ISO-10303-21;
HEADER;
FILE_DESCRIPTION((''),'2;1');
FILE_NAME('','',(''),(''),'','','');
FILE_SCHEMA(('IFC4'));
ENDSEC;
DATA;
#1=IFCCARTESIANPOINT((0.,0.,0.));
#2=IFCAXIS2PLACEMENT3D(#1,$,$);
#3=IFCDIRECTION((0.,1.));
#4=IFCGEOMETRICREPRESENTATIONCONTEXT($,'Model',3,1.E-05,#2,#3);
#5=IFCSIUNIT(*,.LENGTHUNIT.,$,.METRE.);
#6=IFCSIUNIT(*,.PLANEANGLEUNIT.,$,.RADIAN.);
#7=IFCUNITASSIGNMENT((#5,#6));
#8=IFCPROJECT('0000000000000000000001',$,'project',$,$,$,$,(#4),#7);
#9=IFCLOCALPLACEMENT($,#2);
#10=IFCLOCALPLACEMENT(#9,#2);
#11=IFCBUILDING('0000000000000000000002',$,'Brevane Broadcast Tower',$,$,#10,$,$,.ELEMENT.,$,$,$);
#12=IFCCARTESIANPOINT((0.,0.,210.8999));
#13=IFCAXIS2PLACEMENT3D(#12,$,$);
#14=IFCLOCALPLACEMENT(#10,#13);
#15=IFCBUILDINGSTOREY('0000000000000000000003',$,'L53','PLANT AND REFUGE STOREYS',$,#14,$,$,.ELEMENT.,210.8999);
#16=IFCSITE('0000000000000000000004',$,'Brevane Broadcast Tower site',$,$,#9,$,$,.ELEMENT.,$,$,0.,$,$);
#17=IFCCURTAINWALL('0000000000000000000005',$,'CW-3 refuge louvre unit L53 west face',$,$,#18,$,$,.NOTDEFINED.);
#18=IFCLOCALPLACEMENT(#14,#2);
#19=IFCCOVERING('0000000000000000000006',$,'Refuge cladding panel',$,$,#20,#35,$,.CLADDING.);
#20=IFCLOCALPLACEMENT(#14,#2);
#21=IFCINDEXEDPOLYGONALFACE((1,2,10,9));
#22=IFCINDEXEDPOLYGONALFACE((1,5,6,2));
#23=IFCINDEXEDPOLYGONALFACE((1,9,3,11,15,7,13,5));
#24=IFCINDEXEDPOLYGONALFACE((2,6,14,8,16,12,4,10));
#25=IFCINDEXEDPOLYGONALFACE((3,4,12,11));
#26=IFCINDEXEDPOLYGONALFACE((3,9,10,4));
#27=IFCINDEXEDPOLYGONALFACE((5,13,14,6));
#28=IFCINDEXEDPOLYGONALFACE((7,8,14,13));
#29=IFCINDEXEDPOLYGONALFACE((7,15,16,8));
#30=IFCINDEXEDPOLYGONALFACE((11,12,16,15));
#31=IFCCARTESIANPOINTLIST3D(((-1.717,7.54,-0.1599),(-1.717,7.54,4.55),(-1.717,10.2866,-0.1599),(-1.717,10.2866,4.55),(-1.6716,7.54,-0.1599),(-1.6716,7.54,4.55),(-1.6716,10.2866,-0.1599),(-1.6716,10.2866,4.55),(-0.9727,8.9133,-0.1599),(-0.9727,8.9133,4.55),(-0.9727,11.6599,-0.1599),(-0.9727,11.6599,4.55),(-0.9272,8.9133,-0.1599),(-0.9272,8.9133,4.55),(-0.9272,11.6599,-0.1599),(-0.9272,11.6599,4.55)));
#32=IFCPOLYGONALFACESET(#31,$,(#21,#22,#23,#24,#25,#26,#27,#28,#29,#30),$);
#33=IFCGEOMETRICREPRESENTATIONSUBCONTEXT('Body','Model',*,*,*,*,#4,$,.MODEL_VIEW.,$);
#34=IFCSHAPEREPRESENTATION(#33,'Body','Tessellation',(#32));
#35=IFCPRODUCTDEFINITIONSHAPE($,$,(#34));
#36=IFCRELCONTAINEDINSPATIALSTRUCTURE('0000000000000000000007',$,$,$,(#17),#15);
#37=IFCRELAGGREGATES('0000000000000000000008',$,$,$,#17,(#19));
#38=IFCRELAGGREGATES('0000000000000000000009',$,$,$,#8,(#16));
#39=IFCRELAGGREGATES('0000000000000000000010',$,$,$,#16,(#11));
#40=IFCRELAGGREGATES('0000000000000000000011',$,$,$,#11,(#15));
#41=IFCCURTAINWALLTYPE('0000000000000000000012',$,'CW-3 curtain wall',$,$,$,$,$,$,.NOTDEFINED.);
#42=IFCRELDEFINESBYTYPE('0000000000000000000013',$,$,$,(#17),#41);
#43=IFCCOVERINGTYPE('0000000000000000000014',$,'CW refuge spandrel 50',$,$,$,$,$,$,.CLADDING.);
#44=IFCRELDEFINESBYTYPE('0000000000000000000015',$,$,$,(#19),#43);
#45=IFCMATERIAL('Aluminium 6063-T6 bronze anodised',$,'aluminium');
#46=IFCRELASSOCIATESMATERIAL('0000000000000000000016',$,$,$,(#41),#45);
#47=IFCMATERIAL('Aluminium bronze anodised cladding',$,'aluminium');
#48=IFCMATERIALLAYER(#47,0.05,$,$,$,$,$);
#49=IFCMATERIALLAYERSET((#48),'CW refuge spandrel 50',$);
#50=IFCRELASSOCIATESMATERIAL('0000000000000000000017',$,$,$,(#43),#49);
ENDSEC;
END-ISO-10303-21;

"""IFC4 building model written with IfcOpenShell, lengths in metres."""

from ifc_helpers import new_model, si_unit, direction, frame, origin, place, context, subcontext, project, spatial, polyline, outline, extrude, material, layer, layer_set, type_object, element, aggregate, save


model = new_model("IFC4")

# Units and contexts
model_context = context("Model", 3, precision=1e-05, world=origin(), true_north=direction((0.0, 1.0)))
body_context = subcontext(model_context, "Body", "Model", "MODEL_VIEW")
ifc_project = project(units=[si_unit("LENGTHUNIT", "METRE"), si_unit("PLANEANGLEUNIT", "RADIAN")], contexts=[model_context])

# Site, building, storey
site_placement = place(None, origin())
site = spatial("IfcSite", under=ifc_project, at=site_placement, Name="Brevane Broadcast Tower site", CompositionType="ELEMENT", RefElevation=0.0)
building_placement = place(site_placement, origin())
building = spatial("IfcBuilding", under=site, at=building_placement, Name="Brevane Broadcast Tower", CompositionType="ELEMENT")
storey_placement = place(building_placement, frame((0.0, 0.0, 210.8999)))
storey = spatial("IfcBuildingStorey", under=building, at=storey_placement, Name="L53", Description="PLANT AND REFUGE STOREYS", CompositionType="ELEMENT", Elevation=210.8999)

# Shared definitions
ifc_material_1 = material(Name="Aluminium 6063-T6 bronze anodised", Category="aluminium")
curtain_wall_type = type_object("IfcCurtainWallType", Name="CW-3 curtain wall", PredefinedType="NOTDEFINED", material=ifc_material_1)

# Curtain wall, covering
ifc_material_2 = material(Name="Aluminium bronze anodised cladding", Category="aluminium")
ifc_layer = layer(ifc_material_2, 0.05)
ifc_layer_set = layer_set([ifc_layer], Name="CW refuge spandrel 50")
covering_type = type_object("IfcCoveringType", Name="CW refuge spandrel 50", PredefinedType="CLADDING", material=ifc_layer_set)
curtain_wall_1_placement = place(storey_placement, origin())
curtain_wall_1 = element("IfcCurtainWall", 1, at=curtain_wall_1_placement, inside=storey, type_object=curtain_wall_type, Name="CW-3 refuge louvre unit L53 west face", PredefinedType="NOTDEFINED")
covering_1_placement = place(storey_placement, frame((0.0, 0.0, -0.1599)))
covering_1 = element("IfcCovering", 2, at=covering_1_placement, type_object=covering_type, Name="Refuge cladding panel", PredefinedType="CLADDING", context=body_context, shape_type="SweptSolid", body=[
    extrude(outline(polyline([(-0.9272, 11.6599), (-0.9727, 11.6599), (-1.717, 10.2866), (-0.9727, 8.9133), (-1.717, 7.54), (-1.6716, 7.54), (-0.9272, 8.9133), (-1.6716, 10.2866), (-0.9272, 11.6599)])), origin(), (0.0, 0.0, 1.0), 4.71),
])
aggregate(curtain_wall_1, [covering_1])

save(model, "model.ifc")
